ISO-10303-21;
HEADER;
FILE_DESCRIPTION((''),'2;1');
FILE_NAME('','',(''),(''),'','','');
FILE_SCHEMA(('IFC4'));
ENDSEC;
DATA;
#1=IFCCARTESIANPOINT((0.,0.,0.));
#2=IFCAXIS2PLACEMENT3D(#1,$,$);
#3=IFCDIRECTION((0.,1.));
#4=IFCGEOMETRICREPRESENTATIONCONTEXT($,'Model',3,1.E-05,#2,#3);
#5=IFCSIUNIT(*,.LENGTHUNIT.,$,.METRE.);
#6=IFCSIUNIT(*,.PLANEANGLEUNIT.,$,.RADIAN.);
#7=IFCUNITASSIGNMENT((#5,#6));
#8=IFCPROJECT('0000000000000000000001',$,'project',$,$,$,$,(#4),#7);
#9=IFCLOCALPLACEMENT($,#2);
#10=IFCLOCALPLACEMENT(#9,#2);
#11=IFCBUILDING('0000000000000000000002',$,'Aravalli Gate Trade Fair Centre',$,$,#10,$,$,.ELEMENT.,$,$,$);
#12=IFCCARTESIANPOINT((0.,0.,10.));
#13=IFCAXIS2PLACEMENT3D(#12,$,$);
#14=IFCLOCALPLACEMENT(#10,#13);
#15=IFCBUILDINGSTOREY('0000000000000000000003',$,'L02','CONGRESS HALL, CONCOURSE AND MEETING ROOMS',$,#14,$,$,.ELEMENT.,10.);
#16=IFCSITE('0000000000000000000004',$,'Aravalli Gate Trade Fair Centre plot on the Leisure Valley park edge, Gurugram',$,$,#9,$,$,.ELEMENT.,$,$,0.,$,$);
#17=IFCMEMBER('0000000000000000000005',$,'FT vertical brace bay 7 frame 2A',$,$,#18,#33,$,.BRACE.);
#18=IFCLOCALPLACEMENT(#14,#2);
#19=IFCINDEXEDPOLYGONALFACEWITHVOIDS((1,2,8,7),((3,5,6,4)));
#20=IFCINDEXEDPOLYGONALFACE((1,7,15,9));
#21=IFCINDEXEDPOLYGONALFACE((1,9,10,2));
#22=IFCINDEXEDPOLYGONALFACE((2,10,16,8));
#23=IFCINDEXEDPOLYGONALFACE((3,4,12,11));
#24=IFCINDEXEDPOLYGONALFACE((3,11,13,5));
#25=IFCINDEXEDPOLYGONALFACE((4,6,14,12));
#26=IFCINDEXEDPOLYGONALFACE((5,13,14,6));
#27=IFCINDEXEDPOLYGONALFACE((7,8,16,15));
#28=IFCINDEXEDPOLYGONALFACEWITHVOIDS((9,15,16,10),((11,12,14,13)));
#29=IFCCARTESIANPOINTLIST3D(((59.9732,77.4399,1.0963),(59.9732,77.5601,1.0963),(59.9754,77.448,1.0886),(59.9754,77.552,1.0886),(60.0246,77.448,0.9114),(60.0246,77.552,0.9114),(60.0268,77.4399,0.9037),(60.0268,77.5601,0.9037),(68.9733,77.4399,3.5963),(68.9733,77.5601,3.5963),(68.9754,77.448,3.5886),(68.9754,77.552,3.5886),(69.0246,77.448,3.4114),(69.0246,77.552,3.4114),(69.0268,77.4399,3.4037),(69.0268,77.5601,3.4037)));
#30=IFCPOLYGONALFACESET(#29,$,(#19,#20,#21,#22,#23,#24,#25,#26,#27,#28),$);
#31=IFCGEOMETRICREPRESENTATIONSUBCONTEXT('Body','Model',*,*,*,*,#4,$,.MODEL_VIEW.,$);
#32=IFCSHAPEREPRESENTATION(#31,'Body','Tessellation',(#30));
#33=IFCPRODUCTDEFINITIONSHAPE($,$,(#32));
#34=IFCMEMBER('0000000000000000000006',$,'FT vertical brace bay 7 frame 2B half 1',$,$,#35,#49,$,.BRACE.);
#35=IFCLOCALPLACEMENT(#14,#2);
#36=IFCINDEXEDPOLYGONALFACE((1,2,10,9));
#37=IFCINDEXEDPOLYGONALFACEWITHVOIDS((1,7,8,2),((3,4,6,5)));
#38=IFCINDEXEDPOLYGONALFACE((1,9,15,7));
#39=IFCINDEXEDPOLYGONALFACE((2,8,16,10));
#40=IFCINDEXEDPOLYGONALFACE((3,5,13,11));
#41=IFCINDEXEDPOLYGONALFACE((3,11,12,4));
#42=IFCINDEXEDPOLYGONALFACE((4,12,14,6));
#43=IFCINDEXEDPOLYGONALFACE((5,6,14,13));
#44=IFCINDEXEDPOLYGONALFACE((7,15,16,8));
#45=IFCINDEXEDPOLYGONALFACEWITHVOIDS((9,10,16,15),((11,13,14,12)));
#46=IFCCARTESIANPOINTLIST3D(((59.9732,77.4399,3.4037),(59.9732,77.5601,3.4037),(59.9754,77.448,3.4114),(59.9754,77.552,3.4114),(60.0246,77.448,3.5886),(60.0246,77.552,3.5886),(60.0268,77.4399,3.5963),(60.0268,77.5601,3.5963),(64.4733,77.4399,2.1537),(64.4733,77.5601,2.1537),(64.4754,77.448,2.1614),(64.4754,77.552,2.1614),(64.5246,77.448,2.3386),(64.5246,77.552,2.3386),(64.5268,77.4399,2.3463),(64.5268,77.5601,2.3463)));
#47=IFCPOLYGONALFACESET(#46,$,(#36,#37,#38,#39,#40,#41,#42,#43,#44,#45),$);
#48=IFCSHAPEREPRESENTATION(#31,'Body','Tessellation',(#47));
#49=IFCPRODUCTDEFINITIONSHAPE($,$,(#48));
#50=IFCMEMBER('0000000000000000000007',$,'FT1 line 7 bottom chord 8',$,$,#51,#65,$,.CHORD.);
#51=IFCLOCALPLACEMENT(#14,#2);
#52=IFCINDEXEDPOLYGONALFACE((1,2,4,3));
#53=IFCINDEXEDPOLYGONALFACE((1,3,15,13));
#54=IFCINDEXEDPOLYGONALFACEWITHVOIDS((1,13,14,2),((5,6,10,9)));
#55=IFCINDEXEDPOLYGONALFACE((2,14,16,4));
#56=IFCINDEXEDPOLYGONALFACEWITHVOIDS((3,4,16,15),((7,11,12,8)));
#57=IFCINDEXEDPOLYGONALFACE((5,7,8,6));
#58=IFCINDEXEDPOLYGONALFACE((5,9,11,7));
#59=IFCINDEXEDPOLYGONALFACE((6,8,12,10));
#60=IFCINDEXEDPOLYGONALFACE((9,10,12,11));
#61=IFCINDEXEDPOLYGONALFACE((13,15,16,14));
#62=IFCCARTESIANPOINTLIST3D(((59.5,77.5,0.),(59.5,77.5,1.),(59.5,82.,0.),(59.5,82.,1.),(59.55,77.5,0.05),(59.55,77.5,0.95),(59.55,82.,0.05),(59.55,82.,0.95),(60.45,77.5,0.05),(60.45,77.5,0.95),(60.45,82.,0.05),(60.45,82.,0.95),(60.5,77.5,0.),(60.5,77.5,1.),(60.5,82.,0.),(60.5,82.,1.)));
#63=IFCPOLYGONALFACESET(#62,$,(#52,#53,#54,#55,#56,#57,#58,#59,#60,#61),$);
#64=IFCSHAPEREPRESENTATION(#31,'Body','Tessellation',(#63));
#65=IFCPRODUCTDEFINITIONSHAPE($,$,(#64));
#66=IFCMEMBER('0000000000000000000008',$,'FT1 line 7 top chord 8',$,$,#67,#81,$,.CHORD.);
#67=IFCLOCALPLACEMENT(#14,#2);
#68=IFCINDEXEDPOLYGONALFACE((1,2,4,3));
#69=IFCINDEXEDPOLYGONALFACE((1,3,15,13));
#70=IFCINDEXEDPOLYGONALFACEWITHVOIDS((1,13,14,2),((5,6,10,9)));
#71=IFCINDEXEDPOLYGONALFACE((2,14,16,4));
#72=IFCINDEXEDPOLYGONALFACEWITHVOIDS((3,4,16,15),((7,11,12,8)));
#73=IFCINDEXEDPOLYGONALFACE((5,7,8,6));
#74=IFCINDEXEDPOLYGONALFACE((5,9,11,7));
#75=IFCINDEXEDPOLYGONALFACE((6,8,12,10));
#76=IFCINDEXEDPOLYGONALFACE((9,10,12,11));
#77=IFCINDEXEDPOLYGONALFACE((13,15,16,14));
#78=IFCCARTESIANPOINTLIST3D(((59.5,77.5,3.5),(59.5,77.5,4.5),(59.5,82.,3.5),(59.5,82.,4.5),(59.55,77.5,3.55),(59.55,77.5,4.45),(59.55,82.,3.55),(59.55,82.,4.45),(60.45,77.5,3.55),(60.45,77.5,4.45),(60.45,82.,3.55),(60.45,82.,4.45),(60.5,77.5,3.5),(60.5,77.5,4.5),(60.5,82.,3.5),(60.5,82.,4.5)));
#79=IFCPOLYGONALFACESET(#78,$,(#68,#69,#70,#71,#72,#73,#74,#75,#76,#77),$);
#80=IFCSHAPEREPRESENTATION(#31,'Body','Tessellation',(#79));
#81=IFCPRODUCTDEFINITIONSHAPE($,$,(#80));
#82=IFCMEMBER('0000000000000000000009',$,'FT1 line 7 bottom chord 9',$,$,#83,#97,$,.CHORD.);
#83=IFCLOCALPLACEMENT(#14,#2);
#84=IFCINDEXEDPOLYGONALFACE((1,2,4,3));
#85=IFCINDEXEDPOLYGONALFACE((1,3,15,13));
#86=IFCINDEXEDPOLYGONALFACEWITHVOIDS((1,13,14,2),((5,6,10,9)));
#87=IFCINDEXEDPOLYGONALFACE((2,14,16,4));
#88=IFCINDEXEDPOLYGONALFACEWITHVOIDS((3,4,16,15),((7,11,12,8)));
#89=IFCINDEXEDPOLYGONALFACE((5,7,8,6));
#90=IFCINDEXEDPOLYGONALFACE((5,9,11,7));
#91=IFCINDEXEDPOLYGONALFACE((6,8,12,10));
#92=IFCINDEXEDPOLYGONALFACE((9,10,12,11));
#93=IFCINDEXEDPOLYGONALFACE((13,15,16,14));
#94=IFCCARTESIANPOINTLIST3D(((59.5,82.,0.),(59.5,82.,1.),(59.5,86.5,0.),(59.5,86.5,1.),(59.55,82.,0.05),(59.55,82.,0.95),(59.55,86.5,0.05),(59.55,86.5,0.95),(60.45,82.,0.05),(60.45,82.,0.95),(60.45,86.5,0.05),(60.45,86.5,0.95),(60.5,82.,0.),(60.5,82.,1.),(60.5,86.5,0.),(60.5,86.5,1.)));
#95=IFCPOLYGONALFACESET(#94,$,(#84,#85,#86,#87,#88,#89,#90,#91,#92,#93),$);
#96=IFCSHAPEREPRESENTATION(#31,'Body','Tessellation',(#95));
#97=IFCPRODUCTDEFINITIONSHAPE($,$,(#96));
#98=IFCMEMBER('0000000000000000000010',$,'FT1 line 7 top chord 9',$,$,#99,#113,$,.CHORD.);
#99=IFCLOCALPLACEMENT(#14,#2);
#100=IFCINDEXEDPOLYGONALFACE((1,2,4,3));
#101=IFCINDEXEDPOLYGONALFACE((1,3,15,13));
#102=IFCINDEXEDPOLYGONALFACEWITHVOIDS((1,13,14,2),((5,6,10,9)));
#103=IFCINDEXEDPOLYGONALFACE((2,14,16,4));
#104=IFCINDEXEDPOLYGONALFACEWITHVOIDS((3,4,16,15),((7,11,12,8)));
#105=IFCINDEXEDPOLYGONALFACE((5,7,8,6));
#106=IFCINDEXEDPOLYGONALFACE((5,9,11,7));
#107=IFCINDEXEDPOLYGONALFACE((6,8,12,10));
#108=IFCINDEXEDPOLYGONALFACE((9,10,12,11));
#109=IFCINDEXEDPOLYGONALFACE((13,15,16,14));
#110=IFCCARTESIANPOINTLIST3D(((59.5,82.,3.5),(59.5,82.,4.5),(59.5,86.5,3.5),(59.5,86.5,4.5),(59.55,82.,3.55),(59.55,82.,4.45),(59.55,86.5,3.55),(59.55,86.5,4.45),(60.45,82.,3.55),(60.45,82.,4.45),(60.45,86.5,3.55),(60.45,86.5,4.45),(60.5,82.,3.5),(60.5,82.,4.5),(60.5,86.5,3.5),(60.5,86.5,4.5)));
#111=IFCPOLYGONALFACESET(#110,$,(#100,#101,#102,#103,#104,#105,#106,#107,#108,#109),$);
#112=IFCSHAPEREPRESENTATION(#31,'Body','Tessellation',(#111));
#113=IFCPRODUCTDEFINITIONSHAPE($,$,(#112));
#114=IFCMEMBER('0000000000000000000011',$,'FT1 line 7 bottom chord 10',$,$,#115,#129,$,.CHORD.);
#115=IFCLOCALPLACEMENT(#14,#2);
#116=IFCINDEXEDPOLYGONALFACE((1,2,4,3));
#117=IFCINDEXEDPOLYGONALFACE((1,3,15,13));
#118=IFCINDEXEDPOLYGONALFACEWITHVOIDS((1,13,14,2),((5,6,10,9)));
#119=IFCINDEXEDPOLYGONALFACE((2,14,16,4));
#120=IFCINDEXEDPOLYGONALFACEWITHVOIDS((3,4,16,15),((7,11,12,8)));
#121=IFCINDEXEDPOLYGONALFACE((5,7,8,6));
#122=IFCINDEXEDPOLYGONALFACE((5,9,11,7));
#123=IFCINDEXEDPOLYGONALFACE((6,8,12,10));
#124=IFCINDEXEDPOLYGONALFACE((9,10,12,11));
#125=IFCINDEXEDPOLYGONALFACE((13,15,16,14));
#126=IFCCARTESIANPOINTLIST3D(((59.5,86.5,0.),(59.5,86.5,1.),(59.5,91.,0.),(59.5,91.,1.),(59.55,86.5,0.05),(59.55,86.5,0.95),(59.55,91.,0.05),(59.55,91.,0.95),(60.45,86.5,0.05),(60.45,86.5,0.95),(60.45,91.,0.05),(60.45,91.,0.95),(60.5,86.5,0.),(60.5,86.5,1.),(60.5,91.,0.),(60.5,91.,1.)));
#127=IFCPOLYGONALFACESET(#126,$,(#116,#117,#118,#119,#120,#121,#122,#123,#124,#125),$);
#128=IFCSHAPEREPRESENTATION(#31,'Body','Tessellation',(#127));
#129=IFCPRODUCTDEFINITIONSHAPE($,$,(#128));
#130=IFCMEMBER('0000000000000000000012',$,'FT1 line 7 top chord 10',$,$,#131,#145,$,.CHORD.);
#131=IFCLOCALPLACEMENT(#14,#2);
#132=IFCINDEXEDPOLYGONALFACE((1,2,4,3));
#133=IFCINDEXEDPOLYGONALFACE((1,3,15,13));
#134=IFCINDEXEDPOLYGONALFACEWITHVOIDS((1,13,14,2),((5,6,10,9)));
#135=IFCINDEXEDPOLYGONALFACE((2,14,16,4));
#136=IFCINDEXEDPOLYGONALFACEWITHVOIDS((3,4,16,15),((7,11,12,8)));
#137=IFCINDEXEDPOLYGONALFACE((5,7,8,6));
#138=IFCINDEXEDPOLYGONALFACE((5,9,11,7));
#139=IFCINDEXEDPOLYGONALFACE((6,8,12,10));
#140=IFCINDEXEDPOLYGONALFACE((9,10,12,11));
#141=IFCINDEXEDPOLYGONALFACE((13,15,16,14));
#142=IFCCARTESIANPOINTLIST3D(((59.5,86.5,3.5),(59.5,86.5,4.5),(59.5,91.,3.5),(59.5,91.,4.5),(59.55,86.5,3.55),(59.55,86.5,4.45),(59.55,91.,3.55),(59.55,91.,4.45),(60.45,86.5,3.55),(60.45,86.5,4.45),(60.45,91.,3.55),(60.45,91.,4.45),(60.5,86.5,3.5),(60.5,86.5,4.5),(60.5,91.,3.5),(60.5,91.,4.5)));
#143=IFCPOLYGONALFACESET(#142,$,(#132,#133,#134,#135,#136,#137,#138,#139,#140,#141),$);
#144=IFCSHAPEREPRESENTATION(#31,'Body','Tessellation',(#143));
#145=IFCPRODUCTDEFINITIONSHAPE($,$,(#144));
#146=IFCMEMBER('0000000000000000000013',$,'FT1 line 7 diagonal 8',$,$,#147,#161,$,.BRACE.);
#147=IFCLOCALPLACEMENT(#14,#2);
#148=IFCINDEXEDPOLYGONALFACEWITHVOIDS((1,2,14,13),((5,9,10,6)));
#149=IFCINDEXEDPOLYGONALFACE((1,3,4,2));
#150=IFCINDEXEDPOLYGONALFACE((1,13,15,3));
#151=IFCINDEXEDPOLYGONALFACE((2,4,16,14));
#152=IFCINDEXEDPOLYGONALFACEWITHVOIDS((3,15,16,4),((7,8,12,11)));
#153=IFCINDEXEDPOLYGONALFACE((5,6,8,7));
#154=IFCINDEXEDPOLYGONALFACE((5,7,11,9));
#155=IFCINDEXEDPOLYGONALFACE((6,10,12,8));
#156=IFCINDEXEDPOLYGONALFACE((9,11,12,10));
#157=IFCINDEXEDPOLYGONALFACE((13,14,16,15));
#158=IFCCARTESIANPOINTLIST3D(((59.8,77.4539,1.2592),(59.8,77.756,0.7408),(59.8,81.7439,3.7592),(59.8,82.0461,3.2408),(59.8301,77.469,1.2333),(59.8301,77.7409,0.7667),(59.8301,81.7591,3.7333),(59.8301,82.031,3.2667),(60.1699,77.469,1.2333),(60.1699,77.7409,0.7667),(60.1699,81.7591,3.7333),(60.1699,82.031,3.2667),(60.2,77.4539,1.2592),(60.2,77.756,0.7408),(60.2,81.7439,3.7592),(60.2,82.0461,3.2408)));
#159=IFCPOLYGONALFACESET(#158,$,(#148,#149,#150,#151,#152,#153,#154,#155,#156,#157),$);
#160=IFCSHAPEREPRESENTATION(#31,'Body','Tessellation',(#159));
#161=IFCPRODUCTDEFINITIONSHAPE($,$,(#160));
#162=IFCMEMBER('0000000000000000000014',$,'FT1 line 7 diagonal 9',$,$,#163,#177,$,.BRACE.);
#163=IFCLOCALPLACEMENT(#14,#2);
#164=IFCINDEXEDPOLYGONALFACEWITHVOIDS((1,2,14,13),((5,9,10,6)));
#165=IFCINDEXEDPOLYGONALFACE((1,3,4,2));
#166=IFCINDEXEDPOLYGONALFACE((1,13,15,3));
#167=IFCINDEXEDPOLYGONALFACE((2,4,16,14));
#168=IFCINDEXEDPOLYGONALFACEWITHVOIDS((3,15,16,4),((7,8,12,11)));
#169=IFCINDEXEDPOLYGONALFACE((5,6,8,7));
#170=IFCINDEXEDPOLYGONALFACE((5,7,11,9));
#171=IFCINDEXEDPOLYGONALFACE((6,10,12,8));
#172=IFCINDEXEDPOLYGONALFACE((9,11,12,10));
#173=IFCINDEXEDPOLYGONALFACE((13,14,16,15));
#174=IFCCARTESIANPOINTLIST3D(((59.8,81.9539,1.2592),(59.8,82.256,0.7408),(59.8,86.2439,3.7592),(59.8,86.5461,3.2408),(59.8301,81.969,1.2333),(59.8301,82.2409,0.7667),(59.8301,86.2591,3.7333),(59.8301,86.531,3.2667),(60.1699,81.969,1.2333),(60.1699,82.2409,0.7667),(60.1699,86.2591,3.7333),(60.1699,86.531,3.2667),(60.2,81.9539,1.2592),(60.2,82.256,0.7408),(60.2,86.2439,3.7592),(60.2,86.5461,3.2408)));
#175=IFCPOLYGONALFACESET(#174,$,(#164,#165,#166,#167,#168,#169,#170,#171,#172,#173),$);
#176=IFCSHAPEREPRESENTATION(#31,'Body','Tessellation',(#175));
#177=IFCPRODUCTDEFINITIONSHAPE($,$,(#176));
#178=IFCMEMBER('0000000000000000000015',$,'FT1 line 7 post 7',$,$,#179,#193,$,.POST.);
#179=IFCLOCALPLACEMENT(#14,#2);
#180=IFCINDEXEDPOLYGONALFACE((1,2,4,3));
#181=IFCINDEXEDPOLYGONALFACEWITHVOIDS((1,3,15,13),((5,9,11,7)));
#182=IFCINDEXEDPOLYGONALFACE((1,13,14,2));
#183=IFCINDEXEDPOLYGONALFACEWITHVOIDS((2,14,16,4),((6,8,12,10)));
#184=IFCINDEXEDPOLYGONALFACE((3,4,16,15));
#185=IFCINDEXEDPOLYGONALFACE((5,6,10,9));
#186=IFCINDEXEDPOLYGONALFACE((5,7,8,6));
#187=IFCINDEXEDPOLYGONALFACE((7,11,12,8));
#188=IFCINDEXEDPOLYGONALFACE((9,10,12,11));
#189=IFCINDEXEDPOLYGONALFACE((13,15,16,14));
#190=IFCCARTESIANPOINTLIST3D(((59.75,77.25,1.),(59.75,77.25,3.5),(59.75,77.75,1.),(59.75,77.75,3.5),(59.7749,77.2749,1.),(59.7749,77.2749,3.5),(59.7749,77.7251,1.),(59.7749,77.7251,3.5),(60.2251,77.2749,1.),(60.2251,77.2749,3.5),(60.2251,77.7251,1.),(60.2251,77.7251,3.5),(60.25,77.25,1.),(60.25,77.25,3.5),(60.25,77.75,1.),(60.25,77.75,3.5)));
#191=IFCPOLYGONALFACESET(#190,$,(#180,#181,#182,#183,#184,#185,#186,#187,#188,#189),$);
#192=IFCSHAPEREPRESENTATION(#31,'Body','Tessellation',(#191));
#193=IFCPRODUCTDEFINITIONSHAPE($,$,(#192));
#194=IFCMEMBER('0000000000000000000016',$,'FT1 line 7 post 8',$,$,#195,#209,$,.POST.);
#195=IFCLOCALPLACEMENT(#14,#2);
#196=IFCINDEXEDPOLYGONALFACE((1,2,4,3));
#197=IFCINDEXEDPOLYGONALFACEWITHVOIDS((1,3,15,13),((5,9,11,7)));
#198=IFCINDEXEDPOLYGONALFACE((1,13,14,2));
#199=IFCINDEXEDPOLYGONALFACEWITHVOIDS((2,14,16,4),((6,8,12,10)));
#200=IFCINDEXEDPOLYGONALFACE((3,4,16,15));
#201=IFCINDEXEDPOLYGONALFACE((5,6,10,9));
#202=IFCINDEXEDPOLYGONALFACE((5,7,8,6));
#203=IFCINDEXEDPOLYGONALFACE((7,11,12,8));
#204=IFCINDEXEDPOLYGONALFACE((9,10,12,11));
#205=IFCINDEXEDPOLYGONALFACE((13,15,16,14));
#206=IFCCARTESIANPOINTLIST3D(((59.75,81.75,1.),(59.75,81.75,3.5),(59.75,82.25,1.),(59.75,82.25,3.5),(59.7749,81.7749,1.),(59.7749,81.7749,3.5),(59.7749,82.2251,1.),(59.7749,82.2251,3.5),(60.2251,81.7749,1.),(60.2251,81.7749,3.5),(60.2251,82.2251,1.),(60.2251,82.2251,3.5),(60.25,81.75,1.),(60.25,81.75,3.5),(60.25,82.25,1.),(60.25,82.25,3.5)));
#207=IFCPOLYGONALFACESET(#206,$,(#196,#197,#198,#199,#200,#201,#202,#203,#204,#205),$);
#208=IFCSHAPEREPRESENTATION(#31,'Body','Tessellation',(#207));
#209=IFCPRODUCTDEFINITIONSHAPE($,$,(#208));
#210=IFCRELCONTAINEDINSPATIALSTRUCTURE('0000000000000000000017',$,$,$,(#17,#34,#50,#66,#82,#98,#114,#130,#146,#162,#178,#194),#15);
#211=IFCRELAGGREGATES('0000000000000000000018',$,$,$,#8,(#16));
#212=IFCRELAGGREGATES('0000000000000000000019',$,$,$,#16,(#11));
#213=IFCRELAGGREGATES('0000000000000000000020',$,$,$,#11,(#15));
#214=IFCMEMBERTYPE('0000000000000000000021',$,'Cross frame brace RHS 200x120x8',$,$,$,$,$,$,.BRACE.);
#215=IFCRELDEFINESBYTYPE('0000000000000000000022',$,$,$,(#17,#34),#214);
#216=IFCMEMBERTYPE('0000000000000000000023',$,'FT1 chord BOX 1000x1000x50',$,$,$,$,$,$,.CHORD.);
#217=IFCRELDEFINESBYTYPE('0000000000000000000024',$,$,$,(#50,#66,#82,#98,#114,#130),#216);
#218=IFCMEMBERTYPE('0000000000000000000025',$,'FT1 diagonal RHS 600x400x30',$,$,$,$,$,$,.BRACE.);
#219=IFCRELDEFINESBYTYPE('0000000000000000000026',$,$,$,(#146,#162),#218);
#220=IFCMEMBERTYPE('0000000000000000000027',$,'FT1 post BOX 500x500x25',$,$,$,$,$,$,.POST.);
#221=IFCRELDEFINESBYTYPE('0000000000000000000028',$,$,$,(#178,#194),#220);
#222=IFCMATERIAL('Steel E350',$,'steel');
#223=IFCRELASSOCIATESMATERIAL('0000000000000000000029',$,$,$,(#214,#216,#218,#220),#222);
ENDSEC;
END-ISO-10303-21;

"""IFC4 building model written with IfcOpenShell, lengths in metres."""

from ifc_helpers import new_model, si_unit, direction, frame, origin, origin_2d, place, context, subcontext, project, spatial, hollow_rectangle, extrude, material, material_profile, profile_set, type_object, element, save


model = new_model("IFC4")

# Units and contexts
model_context = context("Model", 3, precision=1e-05, world=origin(), true_north=direction((0.0, 1.0)))
body_context = subcontext(model_context, "Body", "Model", "MODEL_VIEW")
ifc_project = project(units=[si_unit("LENGTHUNIT", "METRE"), si_unit("PLANEANGLEUNIT", "RADIAN")], contexts=[model_context])

# Site, building, storey
site_placement = place(None, origin())
site = spatial("IfcSite", under=ifc_project, at=site_placement, Name="Aravalli Gate Trade Fair Centre plot on the Leisure Valley park edge, Gurugram", CompositionType="ELEMENT", RefElevation=0.0)
building_placement = place(site_placement, origin())
building = spatial("IfcBuilding", under=site, at=building_placement, Name="Aravalli Gate Trade Fair Centre", CompositionType="ELEMENT")
storey_placement = place(building_placement, frame((0.0, 0.0, 10.0)))
storey = spatial("IfcBuildingStorey", under=building, at=storey_placement, Name="L02", Description="CONGRESS HALL, CONCOURSE AND MEETING ROOMS", CompositionType="ELEMENT", Elevation=10.0)

# Members
ifc_material = material(Name="Steel E350", Category="steel")
ifc_material_profile_1 = material_profile(ifc_material, hollow_rectangle(XDim=0.1201, YDim=0.2, WallThickness=0.0081, at=origin_2d()), Name="RHS 200x120x8")
ifc_profile_set_1 = profile_set([ifc_material_profile_1], Name="Steel E350")
member_type_1 = type_object("IfcMemberType", Name="Cross frame brace RHS 200x120x8", PredefinedType="BRACE", material=ifc_profile_set_1)
member_1_placement = place(storey_placement, frame((60.0, 77.5, 1.0), z_axis=(0.963518, 0.0, 0.267644), x_axis=(0.0, 1.0, 0.0)))
element("IfcMember", 1, at=member_1_placement, inside=storey, type_object=member_type_1, Name="FT vertical brace bay 7 frame 2A", PredefinedType="BRACE", context=body_context, shape_type="SweptSolid", body=[
    extrude(hollow_rectangle(XDim=0.1201, YDim=0.2, WallThickness=0.0081, at=origin_2d()), origin(), (0.0, 0.0, 1.0), 9.3408),
])
member_2_placement = place(storey_placement, frame((60.0, 77.5, 3.5), z_axis=(0.963518, 0.0, -0.267644), x_axis=(0.0, 1.0, 0.0)))
element("IfcMember", 2, at=member_2_placement, inside=storey, type_object=member_type_1, Name="FT vertical brace bay 7 frame 2B half 1", PredefinedType="BRACE", context=body_context, shape_type="SweptSolid", body=[
    extrude(hollow_rectangle(XDim=0.1201, YDim=0.2, WallThickness=0.0081, at=origin_2d()), origin(), (0.0, 0.0, 1.0), 4.6704),
])
ifc_material_profile_2 = material_profile(ifc_material, hollow_rectangle(XDim=1.0, YDim=1.0, WallThickness=0.05, at=origin_2d()), Name="BOX 1000x1000x50")
ifc_profile_set_2 = profile_set([ifc_material_profile_2], Name="Steel E350")
member_type_2 = type_object("IfcMemberType", Name="FT1 chord BOX 1000x1000x50", PredefinedType="CHORD", material=ifc_profile_set_2)
for number, where, z_axis, x_axis, name in (
    (3, (60.0, 77.5, 0.5), (0.0, 1.0, 0.0), (-1.0, 0.0, 0.0), "FT1 line 7 bottom chord 8"),
    (4, (60.0, 77.5, 4.0), (0.0, 1.0, 0.0), (-1.0, 0.0, 0.0), "FT1 line 7 top chord 8"),
    (5, (60.0, 82.0, 0.5), (0.0, 1.0, 0.0), (-1.0, 0.0, 0.0), "FT1 line 7 bottom chord 9"),
    (6, (60.0, 82.0, 4.0), (0.0, 1.0, 0.0), (-1.0, 0.0, 0.0), "FT1 line 7 top chord 9"),
    (7, (60.0, 86.5, 0.5), (0.0, 1.0, 0.0), (-1.0, 0.0, 0.0), "FT1 line 7 bottom chord 10"),
    (8, (60.0, 86.5, 4.0), (0.0, 1.0, 0.0), (-1.0, 0.0, 0.0), "FT1 line 7 top chord 10"),
):
    element("IfcMember", number, at=place(storey_placement, frame(where, z_axis=z_axis, x_axis=x_axis)), inside=storey, type_object=member_type_2, Name=name, PredefinedType="CHORD", context=body_context, shape_type="SweptSolid", body=[
        extrude(hollow_rectangle(XDim=1.0, YDim=1.0, WallThickness=0.05, at=origin_2d()), origin(), (0.0, 0.0, 1.0), 4.5),
    ])
ifc_material_profile_3 = material_profile(ifc_material, hollow_rectangle(XDim=0.3999, YDim=0.6001, WallThickness=0.03, at=origin_2d()), Name="RHS 600x400x30")
ifc_profile_set_3 = profile_set([ifc_material_profile_3], Name="Steel E350")
member_type_3 = type_object("IfcMemberType", Name="FT1 diagonal RHS 600x400x30", PredefinedType="BRACE", material=ifc_profile_set_3)
for number, where, z_axis, x_axis, name in (
    (9, (60.0, 81.895, 3.5), (0.0, -0.864, -0.503492), (1.0, 0.0, 0.0), "FT1 line 7 diagonal 8"),
    (10, (60.0, 86.395, 3.5), (0.0, -0.864, -0.503492), (1.0, 0.0, 0.0), "FT1 line 7 diagonal 9"),
):
    element("IfcMember", number, at=place(storey_placement, frame(where, z_axis=z_axis, x_axis=x_axis)), inside=storey, type_object=member_type_3, Name=name, PredefinedType="BRACE", context=body_context, shape_type="SweptSolid", body=[
        extrude(hollow_rectangle(XDim=0.3999, YDim=0.6001, WallThickness=0.03, at=origin_2d()), origin(), (0.0, 0.0, 1.0), 4.9653),
    ])
ifc_material_profile_4 = material_profile(ifc_material, hollow_rectangle(XDim=0.5, YDim=0.5, WallThickness=0.0249, at=origin_2d()), Name="BOX 500x500x25")
ifc_profile_set_4 = profile_set([ifc_material_profile_4], Name="Steel E350")
member_type_4 = type_object("IfcMemberType", Name="FT1 post BOX 500x500x25", PredefinedType="POST", material=ifc_profile_set_4)
for number, where, z_axis, x_axis, name in (
    (11, (60.0, 77.5, 1.0), (0.0, 0.0, 1.0), (1.0, 0.0, 0.0), "FT1 line 7 post 7"),
    (12, (60.0, 82.0, 1.0), (0.0, 0.0, 1.0), (1.0, 0.0, 0.0), "FT1 line 7 post 8"),
):
    element("IfcMember", number, at=place(storey_placement, frame(where, z_axis=z_axis, x_axis=x_axis)), inside=storey, type_object=member_type_4, Name=name, PredefinedType="POST", context=body_context, shape_type="SweptSolid", body=[
        extrude(hollow_rectangle(XDim=0.5, YDim=0.5, WallThickness=0.0249, at=origin_2d()), origin(), (0.0, 0.0, 1.0), 2.5),
    ])

save(model, "model.ifc")
